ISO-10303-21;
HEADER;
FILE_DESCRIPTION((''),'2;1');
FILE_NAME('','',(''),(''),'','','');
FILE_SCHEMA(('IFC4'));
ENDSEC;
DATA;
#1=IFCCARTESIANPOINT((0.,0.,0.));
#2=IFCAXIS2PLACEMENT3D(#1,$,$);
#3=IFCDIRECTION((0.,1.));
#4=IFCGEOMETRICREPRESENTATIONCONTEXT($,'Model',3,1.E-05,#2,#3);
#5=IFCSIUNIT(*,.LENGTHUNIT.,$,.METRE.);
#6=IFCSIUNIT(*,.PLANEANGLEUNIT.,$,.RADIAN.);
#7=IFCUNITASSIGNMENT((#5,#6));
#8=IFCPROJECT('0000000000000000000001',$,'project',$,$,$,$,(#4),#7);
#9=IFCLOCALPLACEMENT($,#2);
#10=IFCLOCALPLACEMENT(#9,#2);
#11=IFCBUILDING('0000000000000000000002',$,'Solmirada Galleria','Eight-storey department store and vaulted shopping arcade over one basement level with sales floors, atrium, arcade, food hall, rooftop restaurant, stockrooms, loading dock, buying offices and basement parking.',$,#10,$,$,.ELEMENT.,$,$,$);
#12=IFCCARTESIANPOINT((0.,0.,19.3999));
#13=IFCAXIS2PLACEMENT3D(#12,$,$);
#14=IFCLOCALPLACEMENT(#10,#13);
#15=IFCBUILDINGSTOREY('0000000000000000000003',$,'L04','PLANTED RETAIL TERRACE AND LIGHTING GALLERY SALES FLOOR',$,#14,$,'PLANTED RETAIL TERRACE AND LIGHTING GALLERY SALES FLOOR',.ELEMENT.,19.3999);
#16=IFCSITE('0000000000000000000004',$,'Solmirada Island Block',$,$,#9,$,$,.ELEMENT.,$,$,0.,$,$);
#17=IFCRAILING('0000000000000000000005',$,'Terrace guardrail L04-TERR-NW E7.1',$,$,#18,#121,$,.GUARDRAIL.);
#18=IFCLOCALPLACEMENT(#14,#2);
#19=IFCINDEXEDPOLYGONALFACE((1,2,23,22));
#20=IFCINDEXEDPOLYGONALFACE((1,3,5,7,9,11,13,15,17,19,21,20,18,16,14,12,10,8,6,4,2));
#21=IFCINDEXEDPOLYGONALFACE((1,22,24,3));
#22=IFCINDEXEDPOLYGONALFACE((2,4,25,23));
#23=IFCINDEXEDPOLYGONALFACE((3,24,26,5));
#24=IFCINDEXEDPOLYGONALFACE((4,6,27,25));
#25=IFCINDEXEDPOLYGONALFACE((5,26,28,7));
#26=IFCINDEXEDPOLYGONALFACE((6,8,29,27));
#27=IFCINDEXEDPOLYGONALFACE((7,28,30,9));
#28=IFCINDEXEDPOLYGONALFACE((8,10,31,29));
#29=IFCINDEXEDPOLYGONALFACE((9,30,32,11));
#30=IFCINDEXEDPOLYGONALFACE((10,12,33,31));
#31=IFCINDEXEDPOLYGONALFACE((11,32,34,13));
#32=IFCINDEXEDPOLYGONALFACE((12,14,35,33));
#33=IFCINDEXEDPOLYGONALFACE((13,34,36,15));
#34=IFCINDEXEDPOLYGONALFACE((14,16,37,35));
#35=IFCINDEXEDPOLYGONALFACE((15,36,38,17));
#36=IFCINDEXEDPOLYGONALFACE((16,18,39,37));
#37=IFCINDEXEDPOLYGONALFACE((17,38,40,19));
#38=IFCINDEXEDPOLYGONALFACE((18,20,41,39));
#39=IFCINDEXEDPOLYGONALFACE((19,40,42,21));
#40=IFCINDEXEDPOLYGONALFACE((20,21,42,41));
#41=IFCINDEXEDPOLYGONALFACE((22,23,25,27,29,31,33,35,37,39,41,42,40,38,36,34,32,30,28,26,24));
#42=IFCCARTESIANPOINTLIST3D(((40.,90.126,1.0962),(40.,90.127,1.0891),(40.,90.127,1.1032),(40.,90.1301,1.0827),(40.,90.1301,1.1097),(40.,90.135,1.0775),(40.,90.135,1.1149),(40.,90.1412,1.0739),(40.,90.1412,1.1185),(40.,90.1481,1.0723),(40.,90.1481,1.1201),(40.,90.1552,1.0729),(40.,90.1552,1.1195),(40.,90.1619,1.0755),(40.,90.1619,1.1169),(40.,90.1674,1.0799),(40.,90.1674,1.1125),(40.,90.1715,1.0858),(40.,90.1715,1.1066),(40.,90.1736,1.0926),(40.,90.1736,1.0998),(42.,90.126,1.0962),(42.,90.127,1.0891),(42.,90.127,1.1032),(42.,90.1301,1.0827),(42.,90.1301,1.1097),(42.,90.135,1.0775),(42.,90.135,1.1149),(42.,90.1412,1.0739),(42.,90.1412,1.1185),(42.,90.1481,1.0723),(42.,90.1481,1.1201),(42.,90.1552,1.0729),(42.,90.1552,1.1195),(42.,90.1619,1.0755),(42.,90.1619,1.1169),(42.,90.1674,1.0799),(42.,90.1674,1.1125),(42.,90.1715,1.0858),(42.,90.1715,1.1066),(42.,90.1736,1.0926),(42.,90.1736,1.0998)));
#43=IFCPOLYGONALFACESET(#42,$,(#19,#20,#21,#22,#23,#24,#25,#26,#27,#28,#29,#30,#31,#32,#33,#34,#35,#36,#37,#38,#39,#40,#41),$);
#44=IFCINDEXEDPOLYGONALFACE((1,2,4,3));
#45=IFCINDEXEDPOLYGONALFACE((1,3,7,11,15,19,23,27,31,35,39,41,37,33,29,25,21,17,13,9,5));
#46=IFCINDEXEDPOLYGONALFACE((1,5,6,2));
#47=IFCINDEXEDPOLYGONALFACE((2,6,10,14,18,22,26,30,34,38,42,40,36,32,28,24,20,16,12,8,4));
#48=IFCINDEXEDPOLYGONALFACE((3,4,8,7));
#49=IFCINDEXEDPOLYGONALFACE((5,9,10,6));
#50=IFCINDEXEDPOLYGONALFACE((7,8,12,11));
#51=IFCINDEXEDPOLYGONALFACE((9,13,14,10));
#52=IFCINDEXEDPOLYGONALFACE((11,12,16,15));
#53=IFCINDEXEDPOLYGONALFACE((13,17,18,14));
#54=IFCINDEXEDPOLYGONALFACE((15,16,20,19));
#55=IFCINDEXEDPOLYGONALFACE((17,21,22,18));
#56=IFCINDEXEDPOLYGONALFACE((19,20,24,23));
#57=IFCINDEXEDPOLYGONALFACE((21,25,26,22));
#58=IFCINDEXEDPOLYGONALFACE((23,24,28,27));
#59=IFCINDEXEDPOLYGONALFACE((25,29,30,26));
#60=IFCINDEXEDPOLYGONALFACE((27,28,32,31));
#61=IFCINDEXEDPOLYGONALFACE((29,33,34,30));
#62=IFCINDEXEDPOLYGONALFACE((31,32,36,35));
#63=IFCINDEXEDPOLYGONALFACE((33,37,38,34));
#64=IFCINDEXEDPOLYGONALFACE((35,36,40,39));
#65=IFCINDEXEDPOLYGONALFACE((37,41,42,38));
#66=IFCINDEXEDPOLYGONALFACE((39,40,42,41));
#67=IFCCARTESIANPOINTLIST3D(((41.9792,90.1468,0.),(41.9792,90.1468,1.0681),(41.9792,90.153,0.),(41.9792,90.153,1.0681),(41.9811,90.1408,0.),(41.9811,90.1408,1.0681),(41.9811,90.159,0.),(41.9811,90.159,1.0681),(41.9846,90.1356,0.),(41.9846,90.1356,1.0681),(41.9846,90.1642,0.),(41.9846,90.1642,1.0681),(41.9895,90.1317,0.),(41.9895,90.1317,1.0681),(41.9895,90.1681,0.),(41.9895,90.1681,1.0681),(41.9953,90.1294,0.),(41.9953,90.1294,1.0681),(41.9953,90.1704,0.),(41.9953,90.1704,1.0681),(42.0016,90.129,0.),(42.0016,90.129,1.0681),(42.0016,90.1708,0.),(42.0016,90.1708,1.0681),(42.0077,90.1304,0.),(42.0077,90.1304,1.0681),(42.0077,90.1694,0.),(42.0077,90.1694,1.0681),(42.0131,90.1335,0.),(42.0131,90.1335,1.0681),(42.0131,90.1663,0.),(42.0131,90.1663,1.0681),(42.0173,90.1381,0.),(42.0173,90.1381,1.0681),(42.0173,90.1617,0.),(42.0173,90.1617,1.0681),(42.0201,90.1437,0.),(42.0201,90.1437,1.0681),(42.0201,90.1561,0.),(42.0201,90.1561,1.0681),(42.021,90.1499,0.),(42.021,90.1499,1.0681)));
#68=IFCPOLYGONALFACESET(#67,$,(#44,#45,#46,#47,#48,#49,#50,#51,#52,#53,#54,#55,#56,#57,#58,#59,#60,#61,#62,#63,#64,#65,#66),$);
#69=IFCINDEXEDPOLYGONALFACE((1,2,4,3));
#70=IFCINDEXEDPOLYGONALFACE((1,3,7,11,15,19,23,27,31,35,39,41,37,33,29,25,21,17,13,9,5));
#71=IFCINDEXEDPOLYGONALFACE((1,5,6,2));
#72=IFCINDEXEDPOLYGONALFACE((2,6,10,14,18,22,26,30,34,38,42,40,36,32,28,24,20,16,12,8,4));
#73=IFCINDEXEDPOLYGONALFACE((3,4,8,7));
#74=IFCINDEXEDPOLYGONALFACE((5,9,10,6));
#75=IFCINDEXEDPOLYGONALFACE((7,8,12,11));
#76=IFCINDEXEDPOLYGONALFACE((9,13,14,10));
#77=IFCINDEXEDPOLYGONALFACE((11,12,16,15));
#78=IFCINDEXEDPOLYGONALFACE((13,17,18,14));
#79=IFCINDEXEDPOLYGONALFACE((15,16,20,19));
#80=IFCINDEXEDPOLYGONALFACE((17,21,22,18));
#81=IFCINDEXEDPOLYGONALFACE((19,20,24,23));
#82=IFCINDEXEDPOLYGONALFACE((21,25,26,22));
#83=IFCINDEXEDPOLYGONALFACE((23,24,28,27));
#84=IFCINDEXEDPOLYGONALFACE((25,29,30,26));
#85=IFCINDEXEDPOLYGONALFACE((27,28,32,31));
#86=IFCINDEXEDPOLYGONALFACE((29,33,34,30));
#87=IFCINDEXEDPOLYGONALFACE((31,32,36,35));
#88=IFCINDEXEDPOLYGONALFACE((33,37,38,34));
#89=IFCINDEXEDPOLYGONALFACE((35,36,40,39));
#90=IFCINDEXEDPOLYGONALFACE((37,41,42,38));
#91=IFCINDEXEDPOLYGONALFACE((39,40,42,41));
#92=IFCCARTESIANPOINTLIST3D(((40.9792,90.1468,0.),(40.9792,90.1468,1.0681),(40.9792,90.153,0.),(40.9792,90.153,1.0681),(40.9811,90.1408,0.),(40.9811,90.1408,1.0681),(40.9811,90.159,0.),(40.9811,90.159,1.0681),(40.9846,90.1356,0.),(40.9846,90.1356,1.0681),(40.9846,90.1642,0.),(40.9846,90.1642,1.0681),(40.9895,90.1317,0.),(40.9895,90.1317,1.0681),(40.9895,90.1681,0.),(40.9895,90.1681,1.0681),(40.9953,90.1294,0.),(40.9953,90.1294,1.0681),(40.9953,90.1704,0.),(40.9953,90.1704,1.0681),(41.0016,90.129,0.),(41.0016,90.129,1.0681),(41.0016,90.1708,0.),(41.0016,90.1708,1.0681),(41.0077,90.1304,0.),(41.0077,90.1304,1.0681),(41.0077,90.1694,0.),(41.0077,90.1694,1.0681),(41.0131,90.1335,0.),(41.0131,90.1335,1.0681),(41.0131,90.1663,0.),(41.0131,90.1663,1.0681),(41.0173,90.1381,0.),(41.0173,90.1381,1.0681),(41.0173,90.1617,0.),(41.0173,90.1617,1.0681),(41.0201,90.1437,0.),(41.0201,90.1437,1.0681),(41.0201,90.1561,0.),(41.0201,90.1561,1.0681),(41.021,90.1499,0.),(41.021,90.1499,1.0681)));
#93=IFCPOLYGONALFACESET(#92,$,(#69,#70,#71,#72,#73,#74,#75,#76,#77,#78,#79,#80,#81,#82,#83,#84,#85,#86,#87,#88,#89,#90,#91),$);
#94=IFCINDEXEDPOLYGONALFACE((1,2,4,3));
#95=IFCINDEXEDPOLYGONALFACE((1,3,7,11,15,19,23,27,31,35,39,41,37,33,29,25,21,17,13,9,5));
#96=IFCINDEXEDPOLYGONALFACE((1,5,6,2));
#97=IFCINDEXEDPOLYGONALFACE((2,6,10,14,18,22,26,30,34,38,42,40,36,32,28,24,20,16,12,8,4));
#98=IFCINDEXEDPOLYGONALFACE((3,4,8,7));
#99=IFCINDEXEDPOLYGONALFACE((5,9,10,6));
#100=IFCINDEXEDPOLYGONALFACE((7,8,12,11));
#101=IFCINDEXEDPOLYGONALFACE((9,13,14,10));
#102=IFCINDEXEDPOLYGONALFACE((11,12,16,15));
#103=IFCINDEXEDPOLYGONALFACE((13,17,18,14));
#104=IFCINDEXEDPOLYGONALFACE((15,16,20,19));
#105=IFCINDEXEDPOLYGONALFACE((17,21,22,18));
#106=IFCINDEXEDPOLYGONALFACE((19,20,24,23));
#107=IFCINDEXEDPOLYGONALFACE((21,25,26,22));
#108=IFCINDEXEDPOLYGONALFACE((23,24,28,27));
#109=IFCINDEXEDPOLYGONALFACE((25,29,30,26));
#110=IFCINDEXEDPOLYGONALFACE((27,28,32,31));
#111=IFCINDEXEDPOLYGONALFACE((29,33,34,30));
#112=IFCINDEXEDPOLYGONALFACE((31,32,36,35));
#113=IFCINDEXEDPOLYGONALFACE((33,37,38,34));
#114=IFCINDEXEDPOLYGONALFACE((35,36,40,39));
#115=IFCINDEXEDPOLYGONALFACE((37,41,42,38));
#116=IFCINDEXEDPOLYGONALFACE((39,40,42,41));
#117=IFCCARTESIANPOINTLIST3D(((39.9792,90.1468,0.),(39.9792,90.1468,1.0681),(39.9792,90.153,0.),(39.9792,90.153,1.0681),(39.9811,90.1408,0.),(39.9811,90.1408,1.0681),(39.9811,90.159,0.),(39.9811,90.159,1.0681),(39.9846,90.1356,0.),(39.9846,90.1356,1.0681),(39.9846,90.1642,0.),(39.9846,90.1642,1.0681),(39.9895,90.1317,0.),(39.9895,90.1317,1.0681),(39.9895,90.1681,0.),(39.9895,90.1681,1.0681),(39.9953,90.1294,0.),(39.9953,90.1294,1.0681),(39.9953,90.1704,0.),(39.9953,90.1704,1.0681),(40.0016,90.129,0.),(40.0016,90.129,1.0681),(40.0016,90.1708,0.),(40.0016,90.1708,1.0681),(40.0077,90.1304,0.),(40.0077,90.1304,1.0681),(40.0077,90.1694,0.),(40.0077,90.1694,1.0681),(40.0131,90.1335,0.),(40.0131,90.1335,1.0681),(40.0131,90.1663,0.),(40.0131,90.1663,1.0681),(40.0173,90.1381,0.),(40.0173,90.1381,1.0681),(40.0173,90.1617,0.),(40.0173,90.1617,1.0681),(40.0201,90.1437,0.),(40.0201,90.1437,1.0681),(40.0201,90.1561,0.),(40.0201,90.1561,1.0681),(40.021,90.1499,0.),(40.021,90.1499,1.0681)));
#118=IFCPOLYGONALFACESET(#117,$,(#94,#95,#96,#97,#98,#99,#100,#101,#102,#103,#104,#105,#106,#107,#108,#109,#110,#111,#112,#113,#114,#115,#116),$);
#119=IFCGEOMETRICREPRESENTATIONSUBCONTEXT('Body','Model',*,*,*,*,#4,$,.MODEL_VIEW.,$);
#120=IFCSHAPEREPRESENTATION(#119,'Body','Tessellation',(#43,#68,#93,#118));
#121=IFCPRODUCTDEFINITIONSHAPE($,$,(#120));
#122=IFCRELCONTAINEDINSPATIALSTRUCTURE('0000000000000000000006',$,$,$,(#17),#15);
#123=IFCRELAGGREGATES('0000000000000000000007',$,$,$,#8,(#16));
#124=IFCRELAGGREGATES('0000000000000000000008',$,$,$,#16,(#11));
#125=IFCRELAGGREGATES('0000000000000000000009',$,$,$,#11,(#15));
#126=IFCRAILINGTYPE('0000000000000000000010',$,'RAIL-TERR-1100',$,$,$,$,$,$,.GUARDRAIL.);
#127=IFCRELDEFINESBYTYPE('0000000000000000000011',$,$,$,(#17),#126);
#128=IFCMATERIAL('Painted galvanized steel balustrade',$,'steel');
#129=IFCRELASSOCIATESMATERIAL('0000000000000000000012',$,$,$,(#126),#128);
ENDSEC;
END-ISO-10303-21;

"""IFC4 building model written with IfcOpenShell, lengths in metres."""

from ifc_helpers import new_model, si_unit, direction, frame, origin, origin_2d, place, context, subcontext, project, spatial, circle, extrude, material, type_object, element, save


model = new_model("IFC4")

# Units and contexts
model_context = context("Model", 3, precision=1e-05, world=origin(), true_north=direction((0.0, 1.0)))
body_context = subcontext(model_context, "Body", "Model", "MODEL_VIEW")
ifc_project = project(units=[si_unit("LENGTHUNIT", "METRE"), si_unit("PLANEANGLEUNIT", "RADIAN")], contexts=[model_context])

# Site, building, storey
site_placement = place(None, origin())
site = spatial("IfcSite", under=ifc_project, at=site_placement, Name="Solmirada Island Block", CompositionType="ELEMENT", RefElevation=0.0)
building_placement = place(site_placement, origin())
building = spatial("IfcBuilding", under=site, at=building_placement, Name="Solmirada Galleria", Description="Eight-storey department store and vaulted shopping arcade over one basement level with sales floors, atrium, arcade, food hall, rooftop restaurant, stockrooms, loading dock, buying offices and basement parking.", CompositionType="ELEMENT")
storey_placement = place(building_placement, frame((0.0, 0.0, 19.3999)))
storey = spatial("IfcBuildingStorey", under=building, at=storey_placement, Name="L04", Description="PLANTED RETAIL TERRACE AND LIGHTING GALLERY SALES FLOOR", LongName="PLANTED RETAIL TERRACE AND LIGHTING GALLERY SALES FLOOR", CompositionType="ELEMENT", Elevation=19.3999)

# Railing
ifc_material_1 = material(Name="Painted galvanized steel balustrade", Category="steel")
railing_type = type_object("IfcRailingType", Name="RAIL-TERR-1100", PredefinedType="GUARDRAIL", material=ifc_material_1)
railing_1_placement = place(storey_placement, frame((42.0, 90.1499, 0.0)))
element("IfcRailing", 1, at=railing_1_placement, inside=storey, type_object=railing_type, Name="Terrace guardrail L04-TERR-NW E7.1", PredefinedType="GUARDRAIL", context=body_context, shape_type="SweptSolid", body=[
    extrude(circle(Radius=0.0239, at=origin_2d()), frame((0.0, 0.0, 1.0962), z_axis=(-1.0, 0.0, 0.0), x_axis=(0.0, -1.0, 0.0)), (0.0, 0.0, 1.0), 2.0),
    extrude(circle(Radius=0.021, at=origin_2d()), origin(), (0.0, 0.0, 1.0), 1.0681),
    extrude(circle(Radius=0.021, at=origin_2d()), frame((-1.0, 0.0, 0.0)), (0.0, 0.0, 1.0), 1.0681),
    extrude(circle(Radius=0.021, at=origin_2d()), frame((-2.0, 0.0, 0.0)), (0.0, 0.0, 1.0), 1.0681),
])

save(model, "model.ifc")
